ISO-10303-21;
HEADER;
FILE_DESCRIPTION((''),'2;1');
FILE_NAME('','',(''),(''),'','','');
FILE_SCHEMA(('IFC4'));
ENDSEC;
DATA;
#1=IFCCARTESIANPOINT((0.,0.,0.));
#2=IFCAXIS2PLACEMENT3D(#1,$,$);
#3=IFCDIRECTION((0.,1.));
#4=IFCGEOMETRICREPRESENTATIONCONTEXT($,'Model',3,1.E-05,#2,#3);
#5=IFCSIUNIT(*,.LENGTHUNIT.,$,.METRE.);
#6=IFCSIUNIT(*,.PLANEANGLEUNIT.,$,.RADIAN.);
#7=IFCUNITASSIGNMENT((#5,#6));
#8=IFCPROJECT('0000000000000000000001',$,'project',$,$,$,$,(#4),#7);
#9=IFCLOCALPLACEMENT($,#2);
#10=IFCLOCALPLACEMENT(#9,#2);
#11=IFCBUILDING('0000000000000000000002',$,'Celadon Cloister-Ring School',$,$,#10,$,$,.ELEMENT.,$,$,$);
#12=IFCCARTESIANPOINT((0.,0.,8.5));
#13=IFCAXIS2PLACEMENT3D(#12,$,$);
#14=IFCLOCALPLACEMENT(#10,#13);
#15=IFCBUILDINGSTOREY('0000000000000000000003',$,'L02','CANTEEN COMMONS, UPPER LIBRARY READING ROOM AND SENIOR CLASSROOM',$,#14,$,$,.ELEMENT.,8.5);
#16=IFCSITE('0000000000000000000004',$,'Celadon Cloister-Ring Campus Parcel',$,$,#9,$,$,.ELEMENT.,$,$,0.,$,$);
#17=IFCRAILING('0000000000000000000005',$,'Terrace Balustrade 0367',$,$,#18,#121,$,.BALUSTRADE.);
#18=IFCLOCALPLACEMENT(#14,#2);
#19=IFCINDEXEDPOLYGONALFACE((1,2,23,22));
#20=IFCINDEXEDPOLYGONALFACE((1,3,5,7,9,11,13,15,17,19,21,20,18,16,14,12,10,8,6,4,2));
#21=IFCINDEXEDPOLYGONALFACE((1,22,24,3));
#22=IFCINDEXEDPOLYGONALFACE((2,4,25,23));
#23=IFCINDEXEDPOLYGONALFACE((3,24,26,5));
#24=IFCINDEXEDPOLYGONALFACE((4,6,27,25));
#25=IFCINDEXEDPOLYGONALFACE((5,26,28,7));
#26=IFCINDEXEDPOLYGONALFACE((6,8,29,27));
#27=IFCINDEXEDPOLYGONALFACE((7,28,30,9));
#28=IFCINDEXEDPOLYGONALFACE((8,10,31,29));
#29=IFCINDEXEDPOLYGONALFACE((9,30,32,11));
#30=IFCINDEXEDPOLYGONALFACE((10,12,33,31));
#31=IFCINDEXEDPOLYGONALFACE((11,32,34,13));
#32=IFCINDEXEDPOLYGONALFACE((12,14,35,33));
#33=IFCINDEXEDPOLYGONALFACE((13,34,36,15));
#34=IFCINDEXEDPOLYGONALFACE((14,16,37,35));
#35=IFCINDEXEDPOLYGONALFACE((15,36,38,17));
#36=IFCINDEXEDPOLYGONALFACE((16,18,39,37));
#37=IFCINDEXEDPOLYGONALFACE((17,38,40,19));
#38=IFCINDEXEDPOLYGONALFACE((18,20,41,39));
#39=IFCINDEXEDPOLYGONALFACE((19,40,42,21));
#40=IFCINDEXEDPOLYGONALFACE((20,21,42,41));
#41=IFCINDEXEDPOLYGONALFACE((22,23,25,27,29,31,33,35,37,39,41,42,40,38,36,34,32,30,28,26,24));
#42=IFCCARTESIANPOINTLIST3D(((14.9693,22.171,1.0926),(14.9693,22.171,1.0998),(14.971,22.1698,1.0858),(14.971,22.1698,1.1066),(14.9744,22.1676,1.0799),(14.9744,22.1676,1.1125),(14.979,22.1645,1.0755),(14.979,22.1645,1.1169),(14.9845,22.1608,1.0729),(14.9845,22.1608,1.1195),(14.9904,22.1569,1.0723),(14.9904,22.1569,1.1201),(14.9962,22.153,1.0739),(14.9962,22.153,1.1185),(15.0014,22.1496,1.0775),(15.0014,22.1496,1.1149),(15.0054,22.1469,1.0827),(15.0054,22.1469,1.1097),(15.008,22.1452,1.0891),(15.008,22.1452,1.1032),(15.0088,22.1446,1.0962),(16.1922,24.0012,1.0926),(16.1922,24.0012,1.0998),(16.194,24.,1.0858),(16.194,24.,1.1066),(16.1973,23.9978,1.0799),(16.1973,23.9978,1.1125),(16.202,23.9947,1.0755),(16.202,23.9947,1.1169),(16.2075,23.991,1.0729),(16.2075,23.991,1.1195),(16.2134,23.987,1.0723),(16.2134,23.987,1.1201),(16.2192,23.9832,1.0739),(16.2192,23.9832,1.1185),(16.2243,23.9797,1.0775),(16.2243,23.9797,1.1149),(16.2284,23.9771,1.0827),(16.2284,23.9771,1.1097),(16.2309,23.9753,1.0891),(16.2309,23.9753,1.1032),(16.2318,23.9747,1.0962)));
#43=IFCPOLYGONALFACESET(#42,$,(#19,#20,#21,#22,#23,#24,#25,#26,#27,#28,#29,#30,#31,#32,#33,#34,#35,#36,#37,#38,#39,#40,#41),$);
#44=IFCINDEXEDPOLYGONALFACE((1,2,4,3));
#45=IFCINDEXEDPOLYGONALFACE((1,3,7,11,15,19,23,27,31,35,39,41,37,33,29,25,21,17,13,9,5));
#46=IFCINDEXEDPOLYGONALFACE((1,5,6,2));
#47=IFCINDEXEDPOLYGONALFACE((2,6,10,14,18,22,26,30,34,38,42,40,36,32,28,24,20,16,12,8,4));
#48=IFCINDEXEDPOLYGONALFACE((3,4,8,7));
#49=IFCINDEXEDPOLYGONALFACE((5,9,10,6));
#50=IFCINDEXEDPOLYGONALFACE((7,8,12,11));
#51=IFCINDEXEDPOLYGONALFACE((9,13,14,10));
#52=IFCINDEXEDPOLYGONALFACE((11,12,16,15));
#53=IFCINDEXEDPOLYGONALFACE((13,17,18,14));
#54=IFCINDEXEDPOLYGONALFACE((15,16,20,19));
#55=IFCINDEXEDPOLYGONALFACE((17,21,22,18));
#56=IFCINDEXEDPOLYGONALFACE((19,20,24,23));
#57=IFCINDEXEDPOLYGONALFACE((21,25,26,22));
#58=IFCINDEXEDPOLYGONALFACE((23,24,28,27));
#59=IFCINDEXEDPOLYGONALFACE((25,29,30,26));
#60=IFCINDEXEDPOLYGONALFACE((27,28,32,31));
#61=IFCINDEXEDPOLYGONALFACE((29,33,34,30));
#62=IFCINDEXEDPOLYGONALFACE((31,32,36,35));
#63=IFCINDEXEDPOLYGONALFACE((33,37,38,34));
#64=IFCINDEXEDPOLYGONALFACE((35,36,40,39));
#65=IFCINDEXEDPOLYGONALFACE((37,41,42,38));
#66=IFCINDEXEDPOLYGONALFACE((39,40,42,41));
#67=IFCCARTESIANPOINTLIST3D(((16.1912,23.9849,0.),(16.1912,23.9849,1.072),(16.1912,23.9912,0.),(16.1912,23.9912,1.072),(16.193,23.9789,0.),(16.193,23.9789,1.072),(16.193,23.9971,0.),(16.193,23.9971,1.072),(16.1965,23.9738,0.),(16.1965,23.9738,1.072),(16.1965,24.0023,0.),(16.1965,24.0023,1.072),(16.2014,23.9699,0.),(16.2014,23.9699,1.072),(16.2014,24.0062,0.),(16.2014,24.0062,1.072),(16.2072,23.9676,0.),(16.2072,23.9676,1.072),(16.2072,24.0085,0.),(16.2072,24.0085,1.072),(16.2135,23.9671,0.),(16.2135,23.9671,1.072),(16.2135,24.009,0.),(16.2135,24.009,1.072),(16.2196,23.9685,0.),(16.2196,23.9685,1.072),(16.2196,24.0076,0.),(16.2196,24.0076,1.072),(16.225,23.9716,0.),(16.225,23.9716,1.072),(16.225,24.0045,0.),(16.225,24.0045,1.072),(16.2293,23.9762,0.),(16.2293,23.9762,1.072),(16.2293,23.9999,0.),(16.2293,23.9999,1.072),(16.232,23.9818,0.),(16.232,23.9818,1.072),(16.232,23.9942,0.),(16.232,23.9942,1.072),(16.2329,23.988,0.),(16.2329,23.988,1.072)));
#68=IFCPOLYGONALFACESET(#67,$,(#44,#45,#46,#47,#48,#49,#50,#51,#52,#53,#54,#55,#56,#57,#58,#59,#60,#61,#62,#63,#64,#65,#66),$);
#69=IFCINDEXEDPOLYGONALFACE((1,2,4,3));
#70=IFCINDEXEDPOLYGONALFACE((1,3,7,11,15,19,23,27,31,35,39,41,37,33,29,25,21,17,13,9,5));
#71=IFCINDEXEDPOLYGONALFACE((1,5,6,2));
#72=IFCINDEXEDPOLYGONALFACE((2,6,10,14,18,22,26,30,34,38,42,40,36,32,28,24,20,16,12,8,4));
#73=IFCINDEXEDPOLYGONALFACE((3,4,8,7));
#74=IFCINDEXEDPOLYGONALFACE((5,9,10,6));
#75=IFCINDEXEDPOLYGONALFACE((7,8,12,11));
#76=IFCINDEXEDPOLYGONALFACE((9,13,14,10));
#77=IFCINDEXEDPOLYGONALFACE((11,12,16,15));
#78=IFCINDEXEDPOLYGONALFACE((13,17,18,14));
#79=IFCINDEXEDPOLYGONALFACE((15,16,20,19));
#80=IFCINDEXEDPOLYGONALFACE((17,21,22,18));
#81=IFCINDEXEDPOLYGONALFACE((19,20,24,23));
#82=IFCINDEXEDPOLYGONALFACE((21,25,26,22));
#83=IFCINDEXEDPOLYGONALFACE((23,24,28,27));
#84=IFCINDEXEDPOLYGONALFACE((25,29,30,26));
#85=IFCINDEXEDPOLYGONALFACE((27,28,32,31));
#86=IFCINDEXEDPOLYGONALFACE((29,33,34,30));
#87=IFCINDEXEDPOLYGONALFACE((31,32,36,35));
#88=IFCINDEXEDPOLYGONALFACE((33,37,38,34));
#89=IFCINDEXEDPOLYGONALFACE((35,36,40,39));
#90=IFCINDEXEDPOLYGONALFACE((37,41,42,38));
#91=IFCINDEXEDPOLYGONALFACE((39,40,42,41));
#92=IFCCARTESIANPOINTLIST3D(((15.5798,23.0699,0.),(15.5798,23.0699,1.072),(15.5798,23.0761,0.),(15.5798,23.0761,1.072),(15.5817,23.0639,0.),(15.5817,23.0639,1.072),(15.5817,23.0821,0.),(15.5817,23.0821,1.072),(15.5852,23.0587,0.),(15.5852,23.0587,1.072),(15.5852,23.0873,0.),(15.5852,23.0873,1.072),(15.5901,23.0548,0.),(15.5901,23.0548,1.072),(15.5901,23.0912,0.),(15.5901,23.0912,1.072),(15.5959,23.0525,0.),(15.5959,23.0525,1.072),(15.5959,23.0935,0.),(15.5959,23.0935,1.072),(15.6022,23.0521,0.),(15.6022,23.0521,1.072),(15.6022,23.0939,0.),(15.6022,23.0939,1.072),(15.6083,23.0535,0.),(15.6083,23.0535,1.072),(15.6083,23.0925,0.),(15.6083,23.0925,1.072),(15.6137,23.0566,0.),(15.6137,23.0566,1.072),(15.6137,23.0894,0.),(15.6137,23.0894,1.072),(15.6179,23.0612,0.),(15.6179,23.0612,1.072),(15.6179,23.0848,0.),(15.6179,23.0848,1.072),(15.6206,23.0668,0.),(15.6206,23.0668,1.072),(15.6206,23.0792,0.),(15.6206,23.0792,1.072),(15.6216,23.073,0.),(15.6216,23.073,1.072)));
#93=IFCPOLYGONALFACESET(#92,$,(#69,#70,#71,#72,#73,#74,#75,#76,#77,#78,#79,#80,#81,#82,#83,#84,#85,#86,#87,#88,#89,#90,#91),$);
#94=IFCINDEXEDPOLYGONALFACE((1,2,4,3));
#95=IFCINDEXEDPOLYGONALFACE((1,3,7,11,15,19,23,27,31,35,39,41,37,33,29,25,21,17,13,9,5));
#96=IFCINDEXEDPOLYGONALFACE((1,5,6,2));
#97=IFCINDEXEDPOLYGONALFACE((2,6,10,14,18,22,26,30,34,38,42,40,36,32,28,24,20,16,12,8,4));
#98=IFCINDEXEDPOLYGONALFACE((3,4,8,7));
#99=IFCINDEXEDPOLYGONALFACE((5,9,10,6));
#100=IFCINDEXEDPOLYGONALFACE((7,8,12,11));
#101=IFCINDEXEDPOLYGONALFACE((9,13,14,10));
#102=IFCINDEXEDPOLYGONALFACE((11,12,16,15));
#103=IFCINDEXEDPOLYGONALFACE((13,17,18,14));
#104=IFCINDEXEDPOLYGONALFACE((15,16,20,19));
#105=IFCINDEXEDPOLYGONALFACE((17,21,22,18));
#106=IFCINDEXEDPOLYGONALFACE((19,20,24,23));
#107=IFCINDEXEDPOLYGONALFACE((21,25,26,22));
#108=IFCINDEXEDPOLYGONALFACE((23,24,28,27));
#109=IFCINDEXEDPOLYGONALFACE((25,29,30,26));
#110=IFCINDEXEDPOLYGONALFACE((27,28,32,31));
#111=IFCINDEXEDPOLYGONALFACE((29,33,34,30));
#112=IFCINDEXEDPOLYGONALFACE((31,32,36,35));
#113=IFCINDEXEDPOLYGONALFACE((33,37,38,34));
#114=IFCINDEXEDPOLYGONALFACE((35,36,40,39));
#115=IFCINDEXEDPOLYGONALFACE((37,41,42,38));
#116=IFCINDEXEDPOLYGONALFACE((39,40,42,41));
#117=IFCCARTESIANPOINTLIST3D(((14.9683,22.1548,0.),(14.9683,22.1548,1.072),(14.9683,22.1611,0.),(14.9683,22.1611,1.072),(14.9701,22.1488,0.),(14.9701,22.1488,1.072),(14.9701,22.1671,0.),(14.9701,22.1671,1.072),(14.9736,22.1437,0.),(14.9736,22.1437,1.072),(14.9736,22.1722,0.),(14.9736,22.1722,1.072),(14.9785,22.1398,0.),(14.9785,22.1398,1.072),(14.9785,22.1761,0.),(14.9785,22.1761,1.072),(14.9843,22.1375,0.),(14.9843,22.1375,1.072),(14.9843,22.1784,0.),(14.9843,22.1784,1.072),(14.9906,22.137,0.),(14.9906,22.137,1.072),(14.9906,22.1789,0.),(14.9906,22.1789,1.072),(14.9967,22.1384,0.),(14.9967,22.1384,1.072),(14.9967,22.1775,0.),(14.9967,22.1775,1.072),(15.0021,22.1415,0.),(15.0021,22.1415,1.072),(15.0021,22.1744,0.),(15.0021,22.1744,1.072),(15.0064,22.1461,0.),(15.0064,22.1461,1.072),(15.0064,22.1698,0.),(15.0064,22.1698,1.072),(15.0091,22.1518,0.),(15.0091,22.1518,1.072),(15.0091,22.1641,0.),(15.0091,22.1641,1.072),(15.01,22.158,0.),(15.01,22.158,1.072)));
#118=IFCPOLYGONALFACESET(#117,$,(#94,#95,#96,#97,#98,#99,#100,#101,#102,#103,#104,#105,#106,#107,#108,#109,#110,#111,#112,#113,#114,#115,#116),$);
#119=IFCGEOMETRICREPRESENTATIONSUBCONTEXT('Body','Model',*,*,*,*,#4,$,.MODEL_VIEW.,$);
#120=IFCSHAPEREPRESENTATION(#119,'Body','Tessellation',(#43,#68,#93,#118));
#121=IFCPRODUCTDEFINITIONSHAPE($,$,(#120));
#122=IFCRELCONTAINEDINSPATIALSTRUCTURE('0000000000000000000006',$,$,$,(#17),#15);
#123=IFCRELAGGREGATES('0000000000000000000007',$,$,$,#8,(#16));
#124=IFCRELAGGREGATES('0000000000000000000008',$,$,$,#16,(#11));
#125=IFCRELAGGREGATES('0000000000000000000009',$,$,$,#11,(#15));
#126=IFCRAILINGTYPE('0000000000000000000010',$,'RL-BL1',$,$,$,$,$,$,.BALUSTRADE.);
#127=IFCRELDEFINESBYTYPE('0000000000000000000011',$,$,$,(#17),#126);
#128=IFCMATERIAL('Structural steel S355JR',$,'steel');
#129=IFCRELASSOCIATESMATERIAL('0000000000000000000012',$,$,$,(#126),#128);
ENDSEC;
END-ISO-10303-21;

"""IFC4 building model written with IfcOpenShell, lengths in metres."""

from ifc_helpers import new_model, si_unit, direction, frame, origin, origin_2d, place, context, subcontext, project, spatial, circle, extrude, material, type_object, element, save


model = new_model("IFC4")

# Units and contexts
model_context = context("Model", 3, precision=1e-05, world=origin(), true_north=direction((0.0, 1.0)))
body_context = subcontext(model_context, "Body", "Model", "MODEL_VIEW")
ifc_project = project(units=[si_unit("LENGTHUNIT", "METRE"), si_unit("PLANEANGLEUNIT", "RADIAN")], contexts=[model_context])

# Site, building, storey
site_placement = place(None, origin())
site = spatial("IfcSite", under=ifc_project, at=site_placement, Name="Celadon Cloister-Ring Campus Parcel", CompositionType="ELEMENT", RefElevation=0.0)
building_placement = place(site_placement, origin())
building = spatial("IfcBuilding", under=site, at=building_placement, Name="Celadon Cloister-Ring School", CompositionType="ELEMENT")
storey_placement = place(building_placement, frame((0.0, 0.0, 8.5)))
storey = spatial("IfcBuildingStorey", under=building, at=storey_placement, Name="L02", Description="CANTEEN COMMONS, UPPER LIBRARY READING ROOM AND SENIOR CLASSROOM", CompositionType="ELEMENT", Elevation=8.5)

# Railing
ifc_material_1 = material(Name="Structural steel S355JR", Category="steel")
railing_type = type_object("IfcRailingType", Name="RL-BL1", PredefinedType="BALUSTRADE", material=ifc_material_1)
railing_1_placement = place(storey_placement, frame((16.2119, 23.988, 0.0)))
element("IfcRailing", 1, at=railing_1_placement, inside=storey, type_object=railing_type, Name="Terrace Balustrade 0367", PredefinedType="BALUSTRADE", context=body_context, shape_type="SweptSolid", body=[
    extrude(circle(Radius=0.0239, at=origin_2d()), frame((0.0, 0.0, 1.0962), z_axis=(-0.555596, -0.831453, 0.0), x_axis=(0.831453, -0.555596, 0.0)), (0.0, 0.0, 1.0), 2.2012),
    extrude(circle(Radius=0.021, at=origin_2d()), origin(), (0.0, 0.0, 1.0), 1.072),
    extrude(circle(Radius=0.021, at=origin_2d()), frame((-0.6113, -0.915, 0.0)), (0.0, 0.0, 1.0), 1.072),
    extrude(circle(Radius=0.021, at=origin_2d()), frame((-1.2229, -1.8301, 0.0)), (0.0, 0.0, 1.0), 1.072),
])

save(model, "model.ifc")
